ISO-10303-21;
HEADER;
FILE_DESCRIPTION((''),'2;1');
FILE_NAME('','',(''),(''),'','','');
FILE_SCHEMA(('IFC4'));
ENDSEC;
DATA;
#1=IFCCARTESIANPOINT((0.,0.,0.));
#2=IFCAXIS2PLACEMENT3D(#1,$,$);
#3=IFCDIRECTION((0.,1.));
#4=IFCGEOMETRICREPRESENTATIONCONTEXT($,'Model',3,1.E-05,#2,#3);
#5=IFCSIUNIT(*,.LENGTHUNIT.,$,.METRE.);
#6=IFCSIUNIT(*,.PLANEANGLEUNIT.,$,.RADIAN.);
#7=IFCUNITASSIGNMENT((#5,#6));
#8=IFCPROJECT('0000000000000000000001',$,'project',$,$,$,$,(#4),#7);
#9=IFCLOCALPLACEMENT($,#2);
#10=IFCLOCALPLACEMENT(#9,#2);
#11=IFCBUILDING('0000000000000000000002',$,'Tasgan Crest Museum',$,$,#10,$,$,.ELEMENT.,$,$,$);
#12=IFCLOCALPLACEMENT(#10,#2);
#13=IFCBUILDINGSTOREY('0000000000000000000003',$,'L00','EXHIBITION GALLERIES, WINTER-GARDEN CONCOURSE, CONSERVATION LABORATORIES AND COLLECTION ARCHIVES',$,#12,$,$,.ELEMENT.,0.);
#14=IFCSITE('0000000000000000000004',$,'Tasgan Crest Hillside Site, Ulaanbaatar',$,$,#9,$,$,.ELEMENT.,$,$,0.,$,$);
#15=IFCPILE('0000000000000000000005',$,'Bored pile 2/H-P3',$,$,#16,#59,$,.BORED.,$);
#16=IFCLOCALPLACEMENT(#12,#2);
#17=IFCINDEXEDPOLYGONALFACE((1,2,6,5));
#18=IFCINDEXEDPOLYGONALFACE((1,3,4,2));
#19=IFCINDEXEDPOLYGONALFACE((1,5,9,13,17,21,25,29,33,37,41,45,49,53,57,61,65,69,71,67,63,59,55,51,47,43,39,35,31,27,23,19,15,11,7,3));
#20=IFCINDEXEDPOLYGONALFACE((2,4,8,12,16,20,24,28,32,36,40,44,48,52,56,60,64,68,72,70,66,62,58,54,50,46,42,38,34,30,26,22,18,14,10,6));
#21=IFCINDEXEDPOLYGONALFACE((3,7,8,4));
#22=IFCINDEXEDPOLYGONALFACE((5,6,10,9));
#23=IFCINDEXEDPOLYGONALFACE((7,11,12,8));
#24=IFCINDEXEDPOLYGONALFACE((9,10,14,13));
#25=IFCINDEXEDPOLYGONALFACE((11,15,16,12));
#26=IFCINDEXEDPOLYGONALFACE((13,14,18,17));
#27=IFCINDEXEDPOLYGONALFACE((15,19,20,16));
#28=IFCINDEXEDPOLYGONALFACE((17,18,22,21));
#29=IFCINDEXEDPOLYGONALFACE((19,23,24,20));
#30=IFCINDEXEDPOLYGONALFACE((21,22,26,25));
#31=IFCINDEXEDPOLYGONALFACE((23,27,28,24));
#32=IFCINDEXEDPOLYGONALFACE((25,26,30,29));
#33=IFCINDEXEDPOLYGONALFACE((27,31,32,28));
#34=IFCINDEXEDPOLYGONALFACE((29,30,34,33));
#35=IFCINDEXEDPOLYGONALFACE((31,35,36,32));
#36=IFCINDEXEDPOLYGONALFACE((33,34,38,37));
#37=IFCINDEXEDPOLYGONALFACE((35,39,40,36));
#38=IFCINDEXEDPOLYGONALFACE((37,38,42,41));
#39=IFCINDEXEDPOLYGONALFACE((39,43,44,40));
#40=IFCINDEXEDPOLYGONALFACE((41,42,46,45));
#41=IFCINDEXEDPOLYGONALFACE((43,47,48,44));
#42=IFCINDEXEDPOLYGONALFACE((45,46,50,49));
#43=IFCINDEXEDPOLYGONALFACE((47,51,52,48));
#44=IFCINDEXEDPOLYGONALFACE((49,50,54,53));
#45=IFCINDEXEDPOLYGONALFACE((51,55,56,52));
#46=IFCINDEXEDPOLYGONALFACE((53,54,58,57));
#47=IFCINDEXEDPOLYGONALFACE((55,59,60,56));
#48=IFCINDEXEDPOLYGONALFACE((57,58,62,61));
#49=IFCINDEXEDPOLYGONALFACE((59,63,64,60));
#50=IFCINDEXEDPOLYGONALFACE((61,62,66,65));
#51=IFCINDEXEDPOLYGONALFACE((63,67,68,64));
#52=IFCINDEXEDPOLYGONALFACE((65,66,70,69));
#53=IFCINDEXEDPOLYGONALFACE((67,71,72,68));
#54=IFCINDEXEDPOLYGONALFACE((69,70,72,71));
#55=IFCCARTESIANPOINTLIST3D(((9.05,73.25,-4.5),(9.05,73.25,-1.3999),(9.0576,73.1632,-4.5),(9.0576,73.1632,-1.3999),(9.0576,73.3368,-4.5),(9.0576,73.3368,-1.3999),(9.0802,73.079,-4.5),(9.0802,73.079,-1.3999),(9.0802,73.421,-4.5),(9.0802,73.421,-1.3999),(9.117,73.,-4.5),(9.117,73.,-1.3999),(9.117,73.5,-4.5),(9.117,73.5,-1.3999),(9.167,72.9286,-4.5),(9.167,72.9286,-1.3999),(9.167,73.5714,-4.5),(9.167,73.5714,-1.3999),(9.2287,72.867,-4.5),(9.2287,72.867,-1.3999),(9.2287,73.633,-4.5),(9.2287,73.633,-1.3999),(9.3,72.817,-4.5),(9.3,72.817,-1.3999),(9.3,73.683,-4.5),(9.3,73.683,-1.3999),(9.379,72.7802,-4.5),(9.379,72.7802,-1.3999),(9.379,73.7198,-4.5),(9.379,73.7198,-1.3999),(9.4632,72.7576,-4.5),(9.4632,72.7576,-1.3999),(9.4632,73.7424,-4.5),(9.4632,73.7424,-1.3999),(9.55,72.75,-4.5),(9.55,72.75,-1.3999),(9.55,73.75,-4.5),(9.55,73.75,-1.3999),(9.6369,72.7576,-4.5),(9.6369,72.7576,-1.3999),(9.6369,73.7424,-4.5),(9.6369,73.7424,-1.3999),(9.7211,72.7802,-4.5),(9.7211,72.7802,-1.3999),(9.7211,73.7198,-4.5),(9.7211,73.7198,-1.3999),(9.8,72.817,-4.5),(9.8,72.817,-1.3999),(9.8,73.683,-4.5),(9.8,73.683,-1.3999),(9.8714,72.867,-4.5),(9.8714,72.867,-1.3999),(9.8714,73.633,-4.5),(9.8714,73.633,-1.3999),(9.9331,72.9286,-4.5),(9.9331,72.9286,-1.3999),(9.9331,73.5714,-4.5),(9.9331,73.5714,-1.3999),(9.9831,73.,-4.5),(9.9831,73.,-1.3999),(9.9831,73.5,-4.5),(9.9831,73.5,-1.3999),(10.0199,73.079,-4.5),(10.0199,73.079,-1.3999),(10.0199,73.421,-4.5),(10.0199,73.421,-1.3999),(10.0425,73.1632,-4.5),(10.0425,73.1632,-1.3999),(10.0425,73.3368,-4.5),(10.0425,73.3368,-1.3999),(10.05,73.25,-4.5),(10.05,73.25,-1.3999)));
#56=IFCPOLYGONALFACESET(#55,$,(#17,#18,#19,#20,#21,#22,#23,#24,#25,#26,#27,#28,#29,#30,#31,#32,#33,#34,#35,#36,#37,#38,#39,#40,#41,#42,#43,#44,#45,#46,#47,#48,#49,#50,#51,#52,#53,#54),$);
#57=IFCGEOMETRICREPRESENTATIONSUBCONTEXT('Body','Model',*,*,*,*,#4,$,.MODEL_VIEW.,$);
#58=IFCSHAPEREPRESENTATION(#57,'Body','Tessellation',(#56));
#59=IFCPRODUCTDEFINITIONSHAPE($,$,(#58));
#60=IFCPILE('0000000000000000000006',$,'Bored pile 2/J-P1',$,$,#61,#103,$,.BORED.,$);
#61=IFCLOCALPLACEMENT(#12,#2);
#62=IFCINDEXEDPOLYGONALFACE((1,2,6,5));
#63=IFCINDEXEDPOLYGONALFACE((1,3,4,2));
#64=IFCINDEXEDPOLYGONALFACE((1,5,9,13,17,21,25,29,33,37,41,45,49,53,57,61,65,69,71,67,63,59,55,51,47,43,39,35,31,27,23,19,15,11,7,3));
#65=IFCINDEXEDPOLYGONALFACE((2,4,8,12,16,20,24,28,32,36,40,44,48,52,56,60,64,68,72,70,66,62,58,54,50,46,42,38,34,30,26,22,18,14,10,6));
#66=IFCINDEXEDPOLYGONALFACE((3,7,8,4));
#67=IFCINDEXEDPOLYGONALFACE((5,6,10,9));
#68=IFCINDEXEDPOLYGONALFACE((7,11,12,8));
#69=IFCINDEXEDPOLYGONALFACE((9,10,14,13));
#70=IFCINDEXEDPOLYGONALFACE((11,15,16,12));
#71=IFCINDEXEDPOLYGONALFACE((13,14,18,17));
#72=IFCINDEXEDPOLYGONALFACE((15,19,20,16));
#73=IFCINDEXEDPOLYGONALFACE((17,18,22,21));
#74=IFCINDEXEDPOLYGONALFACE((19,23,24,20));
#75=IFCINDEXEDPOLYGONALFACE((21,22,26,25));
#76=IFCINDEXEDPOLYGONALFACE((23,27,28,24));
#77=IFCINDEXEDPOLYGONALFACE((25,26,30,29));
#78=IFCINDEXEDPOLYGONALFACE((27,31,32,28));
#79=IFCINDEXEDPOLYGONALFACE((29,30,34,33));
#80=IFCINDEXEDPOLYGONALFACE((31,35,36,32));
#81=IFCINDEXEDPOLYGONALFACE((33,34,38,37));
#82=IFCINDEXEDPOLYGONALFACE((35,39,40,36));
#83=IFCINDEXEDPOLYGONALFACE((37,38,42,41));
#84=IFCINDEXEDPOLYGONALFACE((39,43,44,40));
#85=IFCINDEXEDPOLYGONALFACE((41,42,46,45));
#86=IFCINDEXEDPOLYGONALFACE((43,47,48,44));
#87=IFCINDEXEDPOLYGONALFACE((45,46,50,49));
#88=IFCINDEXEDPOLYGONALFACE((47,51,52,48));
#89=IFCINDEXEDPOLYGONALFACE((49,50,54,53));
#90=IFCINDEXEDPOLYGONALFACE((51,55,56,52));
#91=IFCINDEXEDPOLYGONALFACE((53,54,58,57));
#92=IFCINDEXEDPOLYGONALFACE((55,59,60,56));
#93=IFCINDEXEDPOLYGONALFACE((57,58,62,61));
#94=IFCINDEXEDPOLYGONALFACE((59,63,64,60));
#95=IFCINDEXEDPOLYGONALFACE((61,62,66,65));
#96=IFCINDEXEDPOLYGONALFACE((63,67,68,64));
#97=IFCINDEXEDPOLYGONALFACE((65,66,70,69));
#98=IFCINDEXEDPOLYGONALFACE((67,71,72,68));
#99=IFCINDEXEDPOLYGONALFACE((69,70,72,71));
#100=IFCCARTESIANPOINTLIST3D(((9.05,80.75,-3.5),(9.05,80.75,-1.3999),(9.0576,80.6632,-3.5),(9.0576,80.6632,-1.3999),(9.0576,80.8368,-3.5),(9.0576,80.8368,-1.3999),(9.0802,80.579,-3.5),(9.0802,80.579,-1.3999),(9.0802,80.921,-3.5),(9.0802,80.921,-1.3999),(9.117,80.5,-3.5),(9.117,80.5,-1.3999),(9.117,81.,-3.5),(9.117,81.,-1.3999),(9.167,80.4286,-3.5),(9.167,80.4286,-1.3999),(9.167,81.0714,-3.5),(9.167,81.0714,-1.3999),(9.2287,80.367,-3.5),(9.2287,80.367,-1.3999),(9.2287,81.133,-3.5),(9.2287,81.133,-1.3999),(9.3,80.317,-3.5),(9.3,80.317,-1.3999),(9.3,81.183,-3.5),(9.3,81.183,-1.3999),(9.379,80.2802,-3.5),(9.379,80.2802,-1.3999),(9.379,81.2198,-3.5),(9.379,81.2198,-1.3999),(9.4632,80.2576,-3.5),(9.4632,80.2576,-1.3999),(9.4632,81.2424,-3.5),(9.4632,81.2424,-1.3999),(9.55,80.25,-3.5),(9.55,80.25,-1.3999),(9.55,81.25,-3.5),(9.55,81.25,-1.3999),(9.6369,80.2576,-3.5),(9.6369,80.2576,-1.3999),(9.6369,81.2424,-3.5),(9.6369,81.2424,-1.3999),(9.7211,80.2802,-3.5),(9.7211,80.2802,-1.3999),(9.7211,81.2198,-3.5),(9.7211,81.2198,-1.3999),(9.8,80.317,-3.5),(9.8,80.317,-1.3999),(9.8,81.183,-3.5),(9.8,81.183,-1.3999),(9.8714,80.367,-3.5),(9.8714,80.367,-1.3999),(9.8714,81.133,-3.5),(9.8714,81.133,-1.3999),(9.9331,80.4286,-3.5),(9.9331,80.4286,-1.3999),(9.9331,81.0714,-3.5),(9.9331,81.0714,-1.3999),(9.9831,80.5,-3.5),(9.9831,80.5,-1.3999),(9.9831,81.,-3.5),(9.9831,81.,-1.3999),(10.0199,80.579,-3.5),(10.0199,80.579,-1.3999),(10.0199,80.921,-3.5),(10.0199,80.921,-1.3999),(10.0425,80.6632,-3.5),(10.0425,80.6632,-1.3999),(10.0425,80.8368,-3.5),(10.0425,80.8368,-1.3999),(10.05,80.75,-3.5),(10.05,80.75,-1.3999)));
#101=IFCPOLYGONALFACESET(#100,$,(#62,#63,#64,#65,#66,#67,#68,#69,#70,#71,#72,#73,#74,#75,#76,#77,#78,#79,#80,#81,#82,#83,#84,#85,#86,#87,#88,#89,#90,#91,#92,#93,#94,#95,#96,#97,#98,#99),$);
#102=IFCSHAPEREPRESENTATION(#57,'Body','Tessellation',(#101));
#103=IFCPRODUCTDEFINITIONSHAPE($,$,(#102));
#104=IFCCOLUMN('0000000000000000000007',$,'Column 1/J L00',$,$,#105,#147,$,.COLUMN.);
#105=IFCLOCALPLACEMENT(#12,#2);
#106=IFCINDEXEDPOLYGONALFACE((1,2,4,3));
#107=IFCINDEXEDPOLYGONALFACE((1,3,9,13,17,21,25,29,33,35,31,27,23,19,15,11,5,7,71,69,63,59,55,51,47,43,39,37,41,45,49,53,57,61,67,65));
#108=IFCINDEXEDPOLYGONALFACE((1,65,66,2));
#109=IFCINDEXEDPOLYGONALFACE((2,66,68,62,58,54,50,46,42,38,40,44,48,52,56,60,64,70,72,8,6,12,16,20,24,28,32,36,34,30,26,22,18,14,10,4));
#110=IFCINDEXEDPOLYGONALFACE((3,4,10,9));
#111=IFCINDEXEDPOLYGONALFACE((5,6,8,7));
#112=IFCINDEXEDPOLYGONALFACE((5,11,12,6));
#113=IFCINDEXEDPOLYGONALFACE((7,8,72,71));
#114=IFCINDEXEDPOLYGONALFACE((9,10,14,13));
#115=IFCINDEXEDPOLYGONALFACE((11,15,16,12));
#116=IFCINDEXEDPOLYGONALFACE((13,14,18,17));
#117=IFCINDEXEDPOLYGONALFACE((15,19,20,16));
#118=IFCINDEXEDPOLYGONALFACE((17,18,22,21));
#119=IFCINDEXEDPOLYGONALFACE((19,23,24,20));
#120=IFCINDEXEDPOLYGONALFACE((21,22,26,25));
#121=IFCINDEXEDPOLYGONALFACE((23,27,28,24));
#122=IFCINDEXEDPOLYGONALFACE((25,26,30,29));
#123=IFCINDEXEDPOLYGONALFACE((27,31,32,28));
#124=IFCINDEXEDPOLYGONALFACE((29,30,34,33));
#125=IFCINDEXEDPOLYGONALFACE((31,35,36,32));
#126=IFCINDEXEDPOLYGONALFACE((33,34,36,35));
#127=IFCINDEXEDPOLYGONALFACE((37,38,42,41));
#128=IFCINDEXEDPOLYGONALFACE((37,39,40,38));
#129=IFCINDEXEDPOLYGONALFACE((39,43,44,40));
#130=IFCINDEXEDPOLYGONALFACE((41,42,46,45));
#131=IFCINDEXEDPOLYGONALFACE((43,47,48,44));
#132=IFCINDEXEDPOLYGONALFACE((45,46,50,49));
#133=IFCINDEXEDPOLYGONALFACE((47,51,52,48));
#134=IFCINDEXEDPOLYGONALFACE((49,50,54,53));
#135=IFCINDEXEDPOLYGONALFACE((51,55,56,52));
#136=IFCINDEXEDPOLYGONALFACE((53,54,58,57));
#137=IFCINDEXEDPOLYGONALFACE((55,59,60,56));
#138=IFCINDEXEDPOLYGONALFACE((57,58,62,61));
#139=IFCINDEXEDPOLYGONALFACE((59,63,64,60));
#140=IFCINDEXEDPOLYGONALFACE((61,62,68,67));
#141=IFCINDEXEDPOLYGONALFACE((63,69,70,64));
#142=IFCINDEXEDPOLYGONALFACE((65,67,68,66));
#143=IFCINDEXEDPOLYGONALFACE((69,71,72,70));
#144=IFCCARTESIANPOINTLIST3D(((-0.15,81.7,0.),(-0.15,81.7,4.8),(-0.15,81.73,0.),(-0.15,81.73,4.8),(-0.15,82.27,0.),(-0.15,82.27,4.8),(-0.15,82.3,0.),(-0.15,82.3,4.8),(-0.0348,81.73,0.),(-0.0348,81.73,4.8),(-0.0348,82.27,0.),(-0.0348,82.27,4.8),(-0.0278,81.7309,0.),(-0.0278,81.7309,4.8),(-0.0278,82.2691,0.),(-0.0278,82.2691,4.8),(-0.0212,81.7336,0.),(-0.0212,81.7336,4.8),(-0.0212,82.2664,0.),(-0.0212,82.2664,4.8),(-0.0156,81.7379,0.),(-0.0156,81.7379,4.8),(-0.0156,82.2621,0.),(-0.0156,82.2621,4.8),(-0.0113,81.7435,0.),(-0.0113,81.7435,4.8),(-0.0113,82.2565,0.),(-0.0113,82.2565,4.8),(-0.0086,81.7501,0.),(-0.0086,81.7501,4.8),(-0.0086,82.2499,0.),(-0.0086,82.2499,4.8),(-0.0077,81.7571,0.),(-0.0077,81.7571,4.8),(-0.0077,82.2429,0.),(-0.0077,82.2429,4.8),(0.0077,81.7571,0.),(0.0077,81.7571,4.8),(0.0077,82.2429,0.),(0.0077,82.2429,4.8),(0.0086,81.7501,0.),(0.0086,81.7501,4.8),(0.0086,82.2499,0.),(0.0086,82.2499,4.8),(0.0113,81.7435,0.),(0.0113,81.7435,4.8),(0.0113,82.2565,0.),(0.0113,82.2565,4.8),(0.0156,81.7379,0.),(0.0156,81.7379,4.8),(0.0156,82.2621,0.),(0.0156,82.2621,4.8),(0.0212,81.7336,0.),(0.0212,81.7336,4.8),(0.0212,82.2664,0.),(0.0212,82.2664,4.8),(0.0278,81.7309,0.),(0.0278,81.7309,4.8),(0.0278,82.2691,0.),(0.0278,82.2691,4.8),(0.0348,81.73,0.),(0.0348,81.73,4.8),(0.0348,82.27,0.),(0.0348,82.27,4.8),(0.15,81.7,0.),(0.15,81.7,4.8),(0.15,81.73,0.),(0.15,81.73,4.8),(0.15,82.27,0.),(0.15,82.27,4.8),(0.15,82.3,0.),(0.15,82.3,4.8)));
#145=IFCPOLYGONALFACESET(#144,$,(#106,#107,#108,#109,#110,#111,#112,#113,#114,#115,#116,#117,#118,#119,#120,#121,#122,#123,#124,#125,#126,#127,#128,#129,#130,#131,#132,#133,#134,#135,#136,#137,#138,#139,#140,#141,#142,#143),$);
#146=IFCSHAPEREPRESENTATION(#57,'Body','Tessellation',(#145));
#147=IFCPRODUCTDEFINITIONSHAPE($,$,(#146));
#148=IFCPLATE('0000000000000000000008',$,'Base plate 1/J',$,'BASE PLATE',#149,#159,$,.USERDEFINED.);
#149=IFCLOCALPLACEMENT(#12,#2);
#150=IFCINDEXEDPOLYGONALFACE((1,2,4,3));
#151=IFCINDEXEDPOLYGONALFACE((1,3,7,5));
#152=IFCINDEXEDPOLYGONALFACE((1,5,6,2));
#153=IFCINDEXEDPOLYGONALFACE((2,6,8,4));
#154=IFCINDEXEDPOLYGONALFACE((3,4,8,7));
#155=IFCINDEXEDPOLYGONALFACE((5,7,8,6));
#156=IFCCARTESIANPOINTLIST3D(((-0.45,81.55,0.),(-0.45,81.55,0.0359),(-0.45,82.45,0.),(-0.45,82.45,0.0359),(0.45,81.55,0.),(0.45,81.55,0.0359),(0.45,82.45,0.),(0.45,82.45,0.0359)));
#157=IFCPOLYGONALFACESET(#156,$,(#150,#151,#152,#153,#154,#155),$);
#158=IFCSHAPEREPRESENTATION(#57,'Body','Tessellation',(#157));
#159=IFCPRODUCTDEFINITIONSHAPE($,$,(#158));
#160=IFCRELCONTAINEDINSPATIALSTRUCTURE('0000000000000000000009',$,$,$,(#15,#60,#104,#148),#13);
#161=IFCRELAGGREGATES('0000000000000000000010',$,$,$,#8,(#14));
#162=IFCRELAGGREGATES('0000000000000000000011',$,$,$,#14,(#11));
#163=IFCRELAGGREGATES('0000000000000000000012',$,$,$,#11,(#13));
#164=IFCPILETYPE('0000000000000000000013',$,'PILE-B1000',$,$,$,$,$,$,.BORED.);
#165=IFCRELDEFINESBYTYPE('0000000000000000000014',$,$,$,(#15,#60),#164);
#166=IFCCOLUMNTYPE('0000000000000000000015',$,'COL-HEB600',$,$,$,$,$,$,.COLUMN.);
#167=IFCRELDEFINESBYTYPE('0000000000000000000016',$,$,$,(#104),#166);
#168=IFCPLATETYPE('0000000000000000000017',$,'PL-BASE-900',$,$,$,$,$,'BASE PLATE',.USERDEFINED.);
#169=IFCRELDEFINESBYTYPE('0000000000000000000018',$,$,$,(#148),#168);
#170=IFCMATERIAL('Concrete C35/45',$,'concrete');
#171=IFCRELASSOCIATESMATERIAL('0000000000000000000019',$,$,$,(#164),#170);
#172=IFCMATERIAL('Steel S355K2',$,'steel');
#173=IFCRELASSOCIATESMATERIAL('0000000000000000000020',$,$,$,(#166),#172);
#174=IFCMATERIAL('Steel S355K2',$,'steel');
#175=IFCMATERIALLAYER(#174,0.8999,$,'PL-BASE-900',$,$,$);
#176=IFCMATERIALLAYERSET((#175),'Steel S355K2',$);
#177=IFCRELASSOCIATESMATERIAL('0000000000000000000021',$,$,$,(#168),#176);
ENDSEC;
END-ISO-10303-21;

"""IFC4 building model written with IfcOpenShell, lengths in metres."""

from ifc_helpers import new_model, si_unit, direction, frame, origin, origin_2d, place, context, subcontext, project, spatial, rectangle, circle, i_section, extrude, material, layer, layer_set, material_profile, profile_set, type_object, element, save


model = new_model("IFC4")

# Units and contexts
model_context = context("Model", 3, precision=1e-05, world=origin(), true_north=direction((0.0, 1.0)))
body_context = subcontext(model_context, "Body", "Model", "MODEL_VIEW")
ifc_project = project(units=[si_unit("LENGTHUNIT", "METRE"), si_unit("PLANEANGLEUNIT", "RADIAN")], contexts=[model_context])

# Site, building, storey
site_placement = place(None, origin())
site = spatial("IfcSite", under=ifc_project, at=site_placement, Name="Tasgan Crest Hillside Site, Ulaanbaatar", CompositionType="ELEMENT", RefElevation=0.0)
building_placement = place(site_placement, origin())
building = spatial("IfcBuilding", under=site, at=building_placement, Name="Tasgan Crest Museum", CompositionType="ELEMENT")
storey_placement = place(building_placement, origin())
storey = spatial("IfcBuildingStorey", under=building, at=storey_placement, Name="L00", Description="EXHIBITION GALLERIES, WINTER-GARDEN CONCOURSE, CONSERVATION LABORATORIES AND COLLECTION ARCHIVES", CompositionType="ELEMENT", Elevation=0.0)

# Piles
ifc_material_1 = material(Name="Concrete C35/45", Category="concrete")
ifc_material_profile_1 = material_profile(ifc_material_1, circle(Radius=0.5, at=origin_2d()), Name="PILE D1000")
ifc_profile_set_1 = profile_set([ifc_material_profile_1], Name="Concrete C35/45")
pile_type = type_object("IfcPileType", Name="PILE-B1000", PredefinedType="BORED", material=ifc_profile_set_1)
for number, where, z_axis, x_axis, name in (
    (1, (9.55, 73.25, -1.3999), (0.0, 0.0, -1.0), (1.0, 0.0, 0.0), "Bored pile 2/H-P3"),
):
    element("IfcPile", number, at=place(storey_placement, frame(where, z_axis=z_axis, x_axis=x_axis)), inside=storey, type_object=pile_type, Name=name, PredefinedType="BORED", context=body_context, shape_type="SweptSolid", body=[
        extrude(circle(Radius=0.5, at=origin_2d()), origin(), (0.0, 0.0, 1.0), 3.1001),
    ])
pile_placement = place(storey_placement, frame((9.55, 80.75, -1.3999), z_axis=(0.0, 0.0, -1.0), x_axis=(1.0, 0.0, 0.0)))
element("IfcPile", 2, at=pile_placement, inside=storey, type_object=pile_type, Name="Bored pile 2/J-P1", PredefinedType="BORED", context=body_context, shape_type="SweptSolid", body=[
    extrude(circle(Radius=0.5, at=origin_2d()), origin(), (0.0, 0.0, 1.0), 2.1001),
])

# Column
ifc_material_2 = material(Name="Steel S355K2", Category="steel")
ifc_material_profile_2 = material_profile(ifc_material_2, i_section(OverallWidth=0.3, OverallDepth=0.6001, WebThickness=0.0154, FlangeThickness=0.03, FilletRadius=0.0271, at=origin_2d()), Name="HEB 600")
ifc_profile_set_2 = profile_set([ifc_material_profile_2], Name="Steel S355K2")
column_type = type_object("IfcColumnType", Name="COL-HEB600", PredefinedType="COLUMN", material=ifc_profile_set_2)
column_placement = place(storey_placement, frame((0.0, 82.0, 0.0), z_axis=(0.0, 0.0, 1.0), x_axis=(1.0, 0.0, 0.0)))
element("IfcColumn", 3, at=column_placement, inside=storey, type_object=column_type, Name="Column 1/J L00", PredefinedType="COLUMN", context=body_context, shape_type="SweptSolid", body=[
    extrude(i_section(OverallWidth=0.3, OverallDepth=0.6001, WebThickness=0.0154, FlangeThickness=0.03, FilletRadius=0.0271, at=origin_2d()), origin(), (0.0, 0.0, 1.0), 4.8),
])

# Plate
ifc_material_3 = material(Name="Steel S355K2", Category="steel")
ifc_layer_1 = layer(ifc_material_3, 0.8999, Name="PL-BASE-900")
ifc_layer_set_1 = layer_set([ifc_layer_1], Name="Steel S355K2")
plate_type = type_object("IfcPlateType", Name="PL-BASE-900", ElementType="BASE PLATE", PredefinedType="USERDEFINED", material=ifc_layer_set_1)
plate_placement = place(storey_placement, frame((0.0, 82.0, 0.0), z_axis=(0.0, 0.0, 1.0), x_axis=(1.0, 0.0, 0.0)))
element("IfcPlate", 4, at=plate_placement, inside=storey, type_object=plate_type, Name="Base plate 1/J", ObjectType="BASE PLATE", PredefinedType="USERDEFINED", context=body_context, shape_type="SweptSolid", body=[
    extrude(rectangle(XDim=0.8999, YDim=0.8999, at=origin_2d()), origin(), (0.0, 0.0, 1.0), 0.0359),
])

save(model, "model.ifc")
